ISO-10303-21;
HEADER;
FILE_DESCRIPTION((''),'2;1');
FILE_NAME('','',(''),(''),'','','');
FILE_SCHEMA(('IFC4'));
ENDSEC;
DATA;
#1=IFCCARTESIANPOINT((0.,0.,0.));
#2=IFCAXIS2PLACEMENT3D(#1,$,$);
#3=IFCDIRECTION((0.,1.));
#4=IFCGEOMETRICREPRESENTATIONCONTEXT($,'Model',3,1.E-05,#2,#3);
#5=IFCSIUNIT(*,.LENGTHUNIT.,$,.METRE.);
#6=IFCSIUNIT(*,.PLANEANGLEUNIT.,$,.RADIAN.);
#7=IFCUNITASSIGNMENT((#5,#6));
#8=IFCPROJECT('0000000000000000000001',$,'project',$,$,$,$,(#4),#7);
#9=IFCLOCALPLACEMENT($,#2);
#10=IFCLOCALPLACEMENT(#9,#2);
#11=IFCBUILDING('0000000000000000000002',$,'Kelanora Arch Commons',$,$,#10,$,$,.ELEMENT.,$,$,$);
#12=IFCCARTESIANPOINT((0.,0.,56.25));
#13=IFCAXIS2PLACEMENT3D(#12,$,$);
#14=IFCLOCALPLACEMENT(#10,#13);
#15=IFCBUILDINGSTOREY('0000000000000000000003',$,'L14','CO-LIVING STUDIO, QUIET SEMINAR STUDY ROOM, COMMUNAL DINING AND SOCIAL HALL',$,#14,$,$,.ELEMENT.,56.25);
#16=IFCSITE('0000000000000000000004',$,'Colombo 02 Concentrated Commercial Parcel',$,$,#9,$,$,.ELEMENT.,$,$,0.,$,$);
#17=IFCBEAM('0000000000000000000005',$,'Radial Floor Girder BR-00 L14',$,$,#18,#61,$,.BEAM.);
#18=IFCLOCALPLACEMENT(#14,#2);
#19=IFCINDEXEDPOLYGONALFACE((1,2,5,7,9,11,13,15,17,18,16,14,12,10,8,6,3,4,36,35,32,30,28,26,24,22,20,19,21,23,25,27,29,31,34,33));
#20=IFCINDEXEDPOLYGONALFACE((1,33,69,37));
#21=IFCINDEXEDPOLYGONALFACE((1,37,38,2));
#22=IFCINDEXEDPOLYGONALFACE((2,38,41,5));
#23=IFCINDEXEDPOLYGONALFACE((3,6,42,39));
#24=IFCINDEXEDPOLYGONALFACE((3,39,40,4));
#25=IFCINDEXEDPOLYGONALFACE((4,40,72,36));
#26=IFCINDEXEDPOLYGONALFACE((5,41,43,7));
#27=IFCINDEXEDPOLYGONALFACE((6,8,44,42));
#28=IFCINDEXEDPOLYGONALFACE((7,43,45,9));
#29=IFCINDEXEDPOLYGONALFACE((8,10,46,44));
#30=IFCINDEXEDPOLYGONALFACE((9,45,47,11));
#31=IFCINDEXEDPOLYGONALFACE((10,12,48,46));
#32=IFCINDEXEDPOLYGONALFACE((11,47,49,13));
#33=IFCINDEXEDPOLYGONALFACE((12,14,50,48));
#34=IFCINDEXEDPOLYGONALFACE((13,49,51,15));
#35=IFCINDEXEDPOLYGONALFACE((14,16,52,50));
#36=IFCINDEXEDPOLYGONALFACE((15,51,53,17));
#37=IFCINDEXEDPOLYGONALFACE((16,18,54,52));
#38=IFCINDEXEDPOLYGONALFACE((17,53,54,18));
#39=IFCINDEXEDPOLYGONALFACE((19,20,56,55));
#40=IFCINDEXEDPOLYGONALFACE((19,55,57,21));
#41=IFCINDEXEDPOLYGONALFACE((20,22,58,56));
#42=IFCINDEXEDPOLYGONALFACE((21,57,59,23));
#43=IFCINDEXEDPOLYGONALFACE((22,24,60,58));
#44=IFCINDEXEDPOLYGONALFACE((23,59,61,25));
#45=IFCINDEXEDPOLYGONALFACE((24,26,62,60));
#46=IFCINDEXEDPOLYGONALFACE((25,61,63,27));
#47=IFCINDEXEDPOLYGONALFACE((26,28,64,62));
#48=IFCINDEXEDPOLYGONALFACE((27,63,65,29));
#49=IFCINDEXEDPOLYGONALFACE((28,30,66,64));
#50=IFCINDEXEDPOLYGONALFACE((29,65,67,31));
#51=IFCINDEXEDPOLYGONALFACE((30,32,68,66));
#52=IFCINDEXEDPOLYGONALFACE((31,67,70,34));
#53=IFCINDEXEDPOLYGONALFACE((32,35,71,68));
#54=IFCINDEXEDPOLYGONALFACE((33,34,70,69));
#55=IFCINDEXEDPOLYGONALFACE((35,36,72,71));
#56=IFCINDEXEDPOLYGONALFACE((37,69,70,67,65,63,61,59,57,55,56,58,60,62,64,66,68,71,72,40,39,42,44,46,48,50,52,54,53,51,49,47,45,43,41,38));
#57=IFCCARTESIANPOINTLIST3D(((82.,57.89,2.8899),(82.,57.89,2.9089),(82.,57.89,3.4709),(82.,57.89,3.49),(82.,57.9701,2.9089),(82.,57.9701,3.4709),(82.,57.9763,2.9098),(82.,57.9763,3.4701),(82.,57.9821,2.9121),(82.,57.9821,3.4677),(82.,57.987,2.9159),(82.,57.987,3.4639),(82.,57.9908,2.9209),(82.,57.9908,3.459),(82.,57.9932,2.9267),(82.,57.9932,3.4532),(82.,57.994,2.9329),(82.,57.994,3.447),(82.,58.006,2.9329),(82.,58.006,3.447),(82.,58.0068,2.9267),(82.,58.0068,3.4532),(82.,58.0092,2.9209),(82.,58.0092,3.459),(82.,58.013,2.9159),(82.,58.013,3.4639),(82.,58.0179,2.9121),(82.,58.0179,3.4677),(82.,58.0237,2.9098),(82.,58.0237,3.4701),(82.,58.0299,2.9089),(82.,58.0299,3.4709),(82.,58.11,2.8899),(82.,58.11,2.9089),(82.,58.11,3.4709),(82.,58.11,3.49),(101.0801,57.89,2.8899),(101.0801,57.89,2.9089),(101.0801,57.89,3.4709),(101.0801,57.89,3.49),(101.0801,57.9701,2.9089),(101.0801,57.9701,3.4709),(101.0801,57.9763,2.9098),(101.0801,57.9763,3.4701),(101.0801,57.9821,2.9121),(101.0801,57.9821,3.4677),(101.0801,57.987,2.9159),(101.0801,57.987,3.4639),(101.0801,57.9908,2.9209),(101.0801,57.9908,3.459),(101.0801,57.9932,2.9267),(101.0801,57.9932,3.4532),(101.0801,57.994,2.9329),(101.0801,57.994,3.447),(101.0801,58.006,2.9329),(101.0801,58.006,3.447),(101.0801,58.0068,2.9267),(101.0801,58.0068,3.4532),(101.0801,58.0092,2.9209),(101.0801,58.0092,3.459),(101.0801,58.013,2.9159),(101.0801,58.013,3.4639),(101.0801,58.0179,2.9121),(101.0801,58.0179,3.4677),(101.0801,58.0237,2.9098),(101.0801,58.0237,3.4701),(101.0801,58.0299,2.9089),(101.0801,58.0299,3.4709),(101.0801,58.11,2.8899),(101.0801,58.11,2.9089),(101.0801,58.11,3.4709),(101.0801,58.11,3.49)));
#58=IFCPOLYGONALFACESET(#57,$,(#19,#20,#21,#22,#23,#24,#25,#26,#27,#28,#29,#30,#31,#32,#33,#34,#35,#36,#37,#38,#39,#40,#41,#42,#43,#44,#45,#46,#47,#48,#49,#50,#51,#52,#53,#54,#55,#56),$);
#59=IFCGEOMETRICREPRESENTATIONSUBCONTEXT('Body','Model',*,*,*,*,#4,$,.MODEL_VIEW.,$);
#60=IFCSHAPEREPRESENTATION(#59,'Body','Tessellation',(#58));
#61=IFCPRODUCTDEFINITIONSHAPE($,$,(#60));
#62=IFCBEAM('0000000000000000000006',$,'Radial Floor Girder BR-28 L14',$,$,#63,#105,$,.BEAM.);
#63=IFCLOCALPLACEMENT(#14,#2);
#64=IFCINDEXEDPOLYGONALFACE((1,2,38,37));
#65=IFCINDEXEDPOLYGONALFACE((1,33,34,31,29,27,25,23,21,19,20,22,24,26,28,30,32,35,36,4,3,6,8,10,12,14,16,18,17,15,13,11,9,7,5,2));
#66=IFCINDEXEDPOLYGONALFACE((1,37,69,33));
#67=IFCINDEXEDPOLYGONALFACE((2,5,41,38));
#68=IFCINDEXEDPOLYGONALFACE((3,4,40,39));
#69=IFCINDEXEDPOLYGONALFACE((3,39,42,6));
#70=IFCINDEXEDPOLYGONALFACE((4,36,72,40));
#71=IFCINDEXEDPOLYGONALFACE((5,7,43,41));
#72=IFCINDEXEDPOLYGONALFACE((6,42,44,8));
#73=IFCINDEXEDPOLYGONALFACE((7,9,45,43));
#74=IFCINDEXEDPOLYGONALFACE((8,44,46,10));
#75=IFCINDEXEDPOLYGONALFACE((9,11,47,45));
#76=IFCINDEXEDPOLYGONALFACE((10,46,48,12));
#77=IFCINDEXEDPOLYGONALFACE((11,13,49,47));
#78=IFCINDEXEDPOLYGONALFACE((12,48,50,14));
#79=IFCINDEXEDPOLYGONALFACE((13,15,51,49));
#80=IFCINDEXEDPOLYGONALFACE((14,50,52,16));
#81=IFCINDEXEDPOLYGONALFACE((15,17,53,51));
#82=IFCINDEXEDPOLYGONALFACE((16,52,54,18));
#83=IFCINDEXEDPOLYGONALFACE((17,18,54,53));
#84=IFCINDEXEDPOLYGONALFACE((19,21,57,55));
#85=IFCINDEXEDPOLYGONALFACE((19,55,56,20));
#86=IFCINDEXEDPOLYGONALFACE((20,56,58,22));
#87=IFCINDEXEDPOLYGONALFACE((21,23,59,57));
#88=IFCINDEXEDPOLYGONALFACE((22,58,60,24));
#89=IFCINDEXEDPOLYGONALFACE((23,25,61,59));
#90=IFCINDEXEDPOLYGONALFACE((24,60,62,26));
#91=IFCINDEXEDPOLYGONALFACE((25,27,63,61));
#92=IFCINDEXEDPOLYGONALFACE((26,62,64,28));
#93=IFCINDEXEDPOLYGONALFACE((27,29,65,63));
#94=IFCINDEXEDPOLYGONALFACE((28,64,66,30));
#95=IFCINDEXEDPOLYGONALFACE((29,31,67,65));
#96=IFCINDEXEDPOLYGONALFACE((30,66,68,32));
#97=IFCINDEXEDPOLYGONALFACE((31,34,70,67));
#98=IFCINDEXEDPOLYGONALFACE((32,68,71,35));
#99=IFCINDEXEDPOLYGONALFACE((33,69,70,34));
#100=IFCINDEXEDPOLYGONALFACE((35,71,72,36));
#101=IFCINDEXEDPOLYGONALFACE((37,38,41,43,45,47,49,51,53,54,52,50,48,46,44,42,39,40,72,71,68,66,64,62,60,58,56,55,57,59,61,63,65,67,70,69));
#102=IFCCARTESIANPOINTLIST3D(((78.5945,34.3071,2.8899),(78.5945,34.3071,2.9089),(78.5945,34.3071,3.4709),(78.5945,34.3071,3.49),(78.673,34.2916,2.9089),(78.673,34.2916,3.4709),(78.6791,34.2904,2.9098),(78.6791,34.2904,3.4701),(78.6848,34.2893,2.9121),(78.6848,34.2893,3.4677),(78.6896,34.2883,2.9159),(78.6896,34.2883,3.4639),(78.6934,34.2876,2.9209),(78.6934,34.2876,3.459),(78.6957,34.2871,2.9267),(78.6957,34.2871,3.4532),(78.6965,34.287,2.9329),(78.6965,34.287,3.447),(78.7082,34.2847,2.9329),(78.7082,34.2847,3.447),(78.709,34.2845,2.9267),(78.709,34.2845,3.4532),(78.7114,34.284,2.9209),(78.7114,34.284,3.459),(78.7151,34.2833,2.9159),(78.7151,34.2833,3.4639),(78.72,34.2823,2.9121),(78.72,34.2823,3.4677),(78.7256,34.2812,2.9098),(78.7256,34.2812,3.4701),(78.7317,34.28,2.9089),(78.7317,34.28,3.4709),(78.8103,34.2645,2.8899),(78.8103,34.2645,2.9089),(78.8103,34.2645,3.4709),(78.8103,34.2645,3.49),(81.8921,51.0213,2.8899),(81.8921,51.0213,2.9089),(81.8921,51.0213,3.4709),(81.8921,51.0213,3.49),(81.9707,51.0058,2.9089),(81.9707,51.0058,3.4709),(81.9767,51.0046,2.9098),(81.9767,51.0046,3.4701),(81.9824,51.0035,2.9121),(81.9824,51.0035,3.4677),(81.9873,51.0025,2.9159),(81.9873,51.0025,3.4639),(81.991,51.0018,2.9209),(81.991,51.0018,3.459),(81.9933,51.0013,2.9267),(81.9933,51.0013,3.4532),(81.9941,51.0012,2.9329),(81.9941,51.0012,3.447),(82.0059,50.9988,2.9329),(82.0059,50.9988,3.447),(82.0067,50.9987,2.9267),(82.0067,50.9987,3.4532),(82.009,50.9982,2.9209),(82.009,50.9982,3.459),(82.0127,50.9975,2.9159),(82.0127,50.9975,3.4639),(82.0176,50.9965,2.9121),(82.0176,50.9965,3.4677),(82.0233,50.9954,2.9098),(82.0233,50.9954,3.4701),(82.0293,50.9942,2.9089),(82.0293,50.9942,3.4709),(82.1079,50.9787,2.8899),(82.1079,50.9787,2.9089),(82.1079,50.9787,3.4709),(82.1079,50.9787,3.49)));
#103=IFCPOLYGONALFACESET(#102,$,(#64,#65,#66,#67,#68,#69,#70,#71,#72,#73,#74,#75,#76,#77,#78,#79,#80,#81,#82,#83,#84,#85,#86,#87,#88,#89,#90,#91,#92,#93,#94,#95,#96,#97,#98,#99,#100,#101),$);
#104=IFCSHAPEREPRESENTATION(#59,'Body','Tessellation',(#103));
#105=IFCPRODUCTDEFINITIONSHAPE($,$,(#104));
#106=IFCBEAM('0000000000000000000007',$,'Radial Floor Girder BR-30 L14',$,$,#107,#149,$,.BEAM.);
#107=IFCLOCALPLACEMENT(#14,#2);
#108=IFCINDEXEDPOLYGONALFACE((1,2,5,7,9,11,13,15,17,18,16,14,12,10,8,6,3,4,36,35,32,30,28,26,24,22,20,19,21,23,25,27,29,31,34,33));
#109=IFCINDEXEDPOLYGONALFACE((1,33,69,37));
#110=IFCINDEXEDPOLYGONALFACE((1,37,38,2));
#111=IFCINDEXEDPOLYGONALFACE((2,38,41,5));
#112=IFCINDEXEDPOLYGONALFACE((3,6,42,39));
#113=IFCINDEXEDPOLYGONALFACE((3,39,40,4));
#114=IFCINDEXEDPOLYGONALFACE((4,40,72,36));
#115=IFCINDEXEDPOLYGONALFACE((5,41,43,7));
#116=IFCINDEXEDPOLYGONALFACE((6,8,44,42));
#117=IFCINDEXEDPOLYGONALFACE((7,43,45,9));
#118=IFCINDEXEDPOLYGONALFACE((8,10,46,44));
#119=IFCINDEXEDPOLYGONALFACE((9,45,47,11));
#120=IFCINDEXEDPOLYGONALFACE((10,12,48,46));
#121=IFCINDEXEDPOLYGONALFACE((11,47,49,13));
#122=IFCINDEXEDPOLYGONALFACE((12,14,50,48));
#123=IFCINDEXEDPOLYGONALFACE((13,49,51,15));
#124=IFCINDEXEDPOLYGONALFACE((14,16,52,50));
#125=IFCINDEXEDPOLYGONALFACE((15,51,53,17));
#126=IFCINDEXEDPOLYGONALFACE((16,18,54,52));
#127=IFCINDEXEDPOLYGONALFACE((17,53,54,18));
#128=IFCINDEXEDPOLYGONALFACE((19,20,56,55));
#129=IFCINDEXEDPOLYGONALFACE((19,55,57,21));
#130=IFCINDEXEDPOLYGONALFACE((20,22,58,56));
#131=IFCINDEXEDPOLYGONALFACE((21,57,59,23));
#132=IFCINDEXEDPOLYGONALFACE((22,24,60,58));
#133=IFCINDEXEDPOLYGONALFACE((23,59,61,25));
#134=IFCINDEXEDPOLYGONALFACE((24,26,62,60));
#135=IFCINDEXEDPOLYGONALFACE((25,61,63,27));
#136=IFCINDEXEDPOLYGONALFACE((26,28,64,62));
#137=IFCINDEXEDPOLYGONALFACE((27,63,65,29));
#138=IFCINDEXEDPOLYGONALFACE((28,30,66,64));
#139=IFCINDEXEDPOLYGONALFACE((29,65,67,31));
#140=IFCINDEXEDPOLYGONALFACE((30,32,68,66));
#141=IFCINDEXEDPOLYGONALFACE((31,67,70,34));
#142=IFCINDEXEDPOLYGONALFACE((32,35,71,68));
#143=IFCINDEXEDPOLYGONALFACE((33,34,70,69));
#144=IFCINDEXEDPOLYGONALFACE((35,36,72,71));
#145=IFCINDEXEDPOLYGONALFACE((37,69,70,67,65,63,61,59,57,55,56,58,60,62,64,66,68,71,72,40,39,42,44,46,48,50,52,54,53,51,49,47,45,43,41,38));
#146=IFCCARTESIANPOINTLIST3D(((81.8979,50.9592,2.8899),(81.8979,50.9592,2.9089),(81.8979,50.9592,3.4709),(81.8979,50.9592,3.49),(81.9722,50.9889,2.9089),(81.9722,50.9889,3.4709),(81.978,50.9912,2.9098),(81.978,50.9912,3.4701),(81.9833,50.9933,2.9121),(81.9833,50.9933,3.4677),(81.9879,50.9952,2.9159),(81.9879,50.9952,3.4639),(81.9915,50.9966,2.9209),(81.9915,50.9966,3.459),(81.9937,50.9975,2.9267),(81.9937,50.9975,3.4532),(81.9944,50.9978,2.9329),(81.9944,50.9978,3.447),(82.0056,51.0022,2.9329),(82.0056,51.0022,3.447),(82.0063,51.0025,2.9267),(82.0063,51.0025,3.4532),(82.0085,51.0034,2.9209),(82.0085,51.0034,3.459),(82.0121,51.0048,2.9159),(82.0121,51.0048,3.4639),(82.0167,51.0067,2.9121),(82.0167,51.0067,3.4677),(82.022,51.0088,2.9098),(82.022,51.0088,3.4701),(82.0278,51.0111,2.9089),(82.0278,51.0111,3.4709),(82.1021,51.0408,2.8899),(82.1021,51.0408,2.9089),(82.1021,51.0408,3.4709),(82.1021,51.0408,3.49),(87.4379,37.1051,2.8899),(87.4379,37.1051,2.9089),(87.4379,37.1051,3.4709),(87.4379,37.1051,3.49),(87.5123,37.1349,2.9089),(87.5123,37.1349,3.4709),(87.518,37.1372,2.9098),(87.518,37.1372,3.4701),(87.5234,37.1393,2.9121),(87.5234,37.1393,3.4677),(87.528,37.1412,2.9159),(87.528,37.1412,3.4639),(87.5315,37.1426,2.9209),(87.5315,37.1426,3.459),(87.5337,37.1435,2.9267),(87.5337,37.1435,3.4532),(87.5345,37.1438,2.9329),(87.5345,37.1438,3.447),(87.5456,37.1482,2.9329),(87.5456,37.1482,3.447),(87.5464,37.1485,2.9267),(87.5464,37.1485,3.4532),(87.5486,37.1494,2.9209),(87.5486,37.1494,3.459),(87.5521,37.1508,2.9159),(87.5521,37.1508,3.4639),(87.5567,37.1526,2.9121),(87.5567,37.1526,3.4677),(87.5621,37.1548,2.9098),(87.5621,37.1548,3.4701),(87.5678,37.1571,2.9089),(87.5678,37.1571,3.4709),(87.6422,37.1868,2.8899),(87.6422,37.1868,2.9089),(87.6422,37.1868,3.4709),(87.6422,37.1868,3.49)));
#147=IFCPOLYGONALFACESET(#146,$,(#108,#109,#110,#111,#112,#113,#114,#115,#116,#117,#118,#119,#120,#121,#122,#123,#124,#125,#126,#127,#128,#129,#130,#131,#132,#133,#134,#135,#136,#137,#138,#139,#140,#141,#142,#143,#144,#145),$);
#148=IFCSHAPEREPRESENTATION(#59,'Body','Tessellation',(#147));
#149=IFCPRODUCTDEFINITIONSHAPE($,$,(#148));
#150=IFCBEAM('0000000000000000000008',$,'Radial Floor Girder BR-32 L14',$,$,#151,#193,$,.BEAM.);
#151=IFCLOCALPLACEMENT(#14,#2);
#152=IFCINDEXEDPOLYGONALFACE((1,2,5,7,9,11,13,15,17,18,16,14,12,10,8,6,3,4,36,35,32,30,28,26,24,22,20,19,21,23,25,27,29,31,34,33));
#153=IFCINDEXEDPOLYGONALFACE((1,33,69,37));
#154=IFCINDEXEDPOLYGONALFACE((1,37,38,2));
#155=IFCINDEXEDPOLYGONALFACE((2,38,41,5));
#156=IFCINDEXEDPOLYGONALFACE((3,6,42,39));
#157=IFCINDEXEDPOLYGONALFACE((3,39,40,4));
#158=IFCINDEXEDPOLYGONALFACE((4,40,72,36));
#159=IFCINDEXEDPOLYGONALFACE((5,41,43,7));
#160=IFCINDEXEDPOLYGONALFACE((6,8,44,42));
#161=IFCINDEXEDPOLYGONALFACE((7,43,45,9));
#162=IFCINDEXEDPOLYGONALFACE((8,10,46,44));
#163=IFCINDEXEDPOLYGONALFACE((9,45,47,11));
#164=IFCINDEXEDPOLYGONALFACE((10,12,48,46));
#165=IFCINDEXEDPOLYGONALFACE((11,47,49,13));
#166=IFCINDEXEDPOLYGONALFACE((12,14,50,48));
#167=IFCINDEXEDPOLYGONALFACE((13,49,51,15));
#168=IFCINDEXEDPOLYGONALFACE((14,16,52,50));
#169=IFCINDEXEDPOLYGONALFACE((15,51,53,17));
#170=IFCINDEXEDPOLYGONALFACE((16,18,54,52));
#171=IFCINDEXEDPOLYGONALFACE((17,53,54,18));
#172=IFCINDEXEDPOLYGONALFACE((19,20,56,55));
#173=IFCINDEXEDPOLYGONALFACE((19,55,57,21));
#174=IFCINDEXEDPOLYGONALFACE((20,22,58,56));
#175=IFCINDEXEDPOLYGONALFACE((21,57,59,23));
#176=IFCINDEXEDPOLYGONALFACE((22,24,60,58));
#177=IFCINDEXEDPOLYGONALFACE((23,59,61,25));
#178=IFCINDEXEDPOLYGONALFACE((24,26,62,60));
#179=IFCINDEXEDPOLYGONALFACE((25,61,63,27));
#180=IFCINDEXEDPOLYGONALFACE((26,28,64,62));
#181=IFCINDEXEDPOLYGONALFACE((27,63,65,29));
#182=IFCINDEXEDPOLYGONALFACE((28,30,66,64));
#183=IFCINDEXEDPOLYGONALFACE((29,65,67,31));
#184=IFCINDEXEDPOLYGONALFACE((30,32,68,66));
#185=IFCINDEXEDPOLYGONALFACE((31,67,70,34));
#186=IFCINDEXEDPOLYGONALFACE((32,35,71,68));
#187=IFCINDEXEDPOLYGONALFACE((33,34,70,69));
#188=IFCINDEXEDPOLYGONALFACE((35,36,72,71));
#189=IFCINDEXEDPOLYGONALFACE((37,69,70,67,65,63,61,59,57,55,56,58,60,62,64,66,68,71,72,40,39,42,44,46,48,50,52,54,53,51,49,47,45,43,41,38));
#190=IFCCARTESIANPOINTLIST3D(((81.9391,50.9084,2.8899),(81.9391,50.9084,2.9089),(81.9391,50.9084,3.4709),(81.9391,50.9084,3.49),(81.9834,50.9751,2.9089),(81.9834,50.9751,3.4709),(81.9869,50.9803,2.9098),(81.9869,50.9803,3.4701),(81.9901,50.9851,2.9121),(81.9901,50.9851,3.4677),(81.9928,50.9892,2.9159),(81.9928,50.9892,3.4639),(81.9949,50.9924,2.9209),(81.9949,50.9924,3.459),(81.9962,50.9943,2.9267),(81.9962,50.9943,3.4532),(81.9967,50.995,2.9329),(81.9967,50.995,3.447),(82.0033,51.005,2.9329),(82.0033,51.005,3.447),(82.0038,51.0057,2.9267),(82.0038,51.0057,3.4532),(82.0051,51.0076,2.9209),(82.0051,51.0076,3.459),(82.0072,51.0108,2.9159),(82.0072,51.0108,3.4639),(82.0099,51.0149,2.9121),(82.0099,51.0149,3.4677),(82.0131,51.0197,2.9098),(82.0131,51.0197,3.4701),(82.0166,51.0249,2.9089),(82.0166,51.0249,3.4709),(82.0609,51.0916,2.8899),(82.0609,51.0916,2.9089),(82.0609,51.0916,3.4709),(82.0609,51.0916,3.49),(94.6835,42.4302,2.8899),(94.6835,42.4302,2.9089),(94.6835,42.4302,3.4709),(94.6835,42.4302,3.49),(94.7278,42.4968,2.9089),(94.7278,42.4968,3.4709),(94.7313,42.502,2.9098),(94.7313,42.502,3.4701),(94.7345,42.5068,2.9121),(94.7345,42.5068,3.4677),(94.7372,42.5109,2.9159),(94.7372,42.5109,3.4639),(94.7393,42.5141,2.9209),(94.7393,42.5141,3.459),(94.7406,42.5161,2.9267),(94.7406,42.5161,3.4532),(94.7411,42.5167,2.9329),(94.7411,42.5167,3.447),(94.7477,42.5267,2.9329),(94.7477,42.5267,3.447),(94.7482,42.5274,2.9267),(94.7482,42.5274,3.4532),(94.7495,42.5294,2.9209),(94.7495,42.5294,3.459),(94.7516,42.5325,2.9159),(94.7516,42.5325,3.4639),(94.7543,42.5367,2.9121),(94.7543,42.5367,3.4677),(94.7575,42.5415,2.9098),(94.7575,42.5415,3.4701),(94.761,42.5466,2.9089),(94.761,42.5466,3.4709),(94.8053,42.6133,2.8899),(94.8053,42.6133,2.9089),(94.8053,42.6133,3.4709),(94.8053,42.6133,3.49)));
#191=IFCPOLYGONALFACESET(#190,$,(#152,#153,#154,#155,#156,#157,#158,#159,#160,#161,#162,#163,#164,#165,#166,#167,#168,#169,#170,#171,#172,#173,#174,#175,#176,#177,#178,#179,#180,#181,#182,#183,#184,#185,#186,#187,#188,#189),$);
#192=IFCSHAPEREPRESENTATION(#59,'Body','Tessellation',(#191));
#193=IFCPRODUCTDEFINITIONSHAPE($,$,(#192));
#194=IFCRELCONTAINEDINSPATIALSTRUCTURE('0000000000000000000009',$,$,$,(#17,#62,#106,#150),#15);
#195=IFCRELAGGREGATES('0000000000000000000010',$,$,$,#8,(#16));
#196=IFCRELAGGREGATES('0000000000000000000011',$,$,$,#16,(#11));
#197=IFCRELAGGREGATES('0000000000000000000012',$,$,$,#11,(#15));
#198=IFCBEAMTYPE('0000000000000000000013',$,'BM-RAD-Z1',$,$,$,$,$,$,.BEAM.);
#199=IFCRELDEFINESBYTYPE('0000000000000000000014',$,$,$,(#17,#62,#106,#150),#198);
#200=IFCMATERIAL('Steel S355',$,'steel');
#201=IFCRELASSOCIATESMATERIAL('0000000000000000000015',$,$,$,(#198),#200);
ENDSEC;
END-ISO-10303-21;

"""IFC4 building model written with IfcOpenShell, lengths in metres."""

from ifc_helpers import new_model, si_unit, direction, frame, origin, origin_2d, place, context, subcontext, project, spatial, i_section, extrude, material, material_profile, profile_set, type_object, element, save


model = new_model("IFC4")

# Units and contexts
model_context = context("Model", 3, precision=1e-05, world=origin(), true_north=direction((0.0, 1.0)))
body_context = subcontext(model_context, "Body", "Model", "MODEL_VIEW")
ifc_project = project(units=[si_unit("LENGTHUNIT", "METRE"), si_unit("PLANEANGLEUNIT", "RADIAN")], contexts=[model_context])

# Site, building, storey
site_placement = place(None, origin())
site = spatial("IfcSite", under=ifc_project, at=site_placement, Name="Colombo 02 Concentrated Commercial Parcel", CompositionType="ELEMENT", RefElevation=0.0)
building_placement = place(site_placement, origin())
building = spatial("IfcBuilding", under=site, at=building_placement, Name="Kelanora Arch Commons", CompositionType="ELEMENT")
storey_placement = place(building_placement, frame((0.0, 0.0, 56.25)))
storey = spatial("IfcBuildingStorey", under=building, at=storey_placement, Name="L14", Description="CO-LIVING STUDIO, QUIET SEMINAR STUDY ROOM, COMMUNAL DINING AND SOCIAL HALL", CompositionType="ELEMENT", Elevation=56.25)

# Beams
ifc_material_1 = material(Name="Steel S355", Category="steel")
ifc_material_profile_1 = material_profile(ifc_material_1, i_section(OverallWidth=0.22, OverallDepth=0.6001, WebThickness=0.012, FlangeThickness=0.019, FilletRadius=0.0239, at=origin_2d()), Name="IPE600")
ifc_profile_set_1 = profile_set([ifc_material_profile_1], Name="Steel S355")
beam_type_1 = type_object("IfcBeamType", Name="BM-RAD-Z1", PredefinedType="BEAM", material=ifc_profile_set_1)
beam_1_placement = place(storey_placement, frame((82.0, 58.0, 3.1899), z_axis=(1.0, 0.0, 0.0), x_axis=(0.0, 1.0, 0.0)))
element("IfcBeam", 1, at=beam_1_placement, inside=storey, type_object=beam_type_1, Name="Radial Floor Girder BR-00 L14", PredefinedType="BEAM", context=body_context, shape_type="SweptSolid", body=[
    extrude(i_section(OverallWidth=0.22, OverallDepth=0.6001, WebThickness=0.012, FlangeThickness=0.019, FilletRadius=0.0239, at=origin_2d()), origin(), (0.0, 0.0, 1.0), 19.0801),
])
beam_2_placement = place(storey_placement, frame((82.0, 51.0, 3.1899), z_axis=(-0.193564, -0.981088, 0.0), x_axis=(0.981088, -0.193564, 0.0)))
element("IfcBeam", 2, at=beam_2_placement, inside=storey, type_object=beam_type_1, Name="Radial Floor Girder BR-28 L14", PredefinedType="BEAM", context=body_context, shape_type="SweptSolid", body=[
    extrude(i_section(OverallWidth=0.22, OverallDepth=0.6001, WebThickness=0.012, FlangeThickness=0.019, FilletRadius=0.0239, at=origin_2d()), origin(), (0.0, 0.0, 1.0), 17.0364),
])
beam_3_placement = place(storey_placement, frame((82.0, 51.0, 3.1899), z_axis=(0.3713, -0.928513, 0.0), x_axis=(0.928513, 0.3713, 0.0)))
element("IfcBeam", 3, at=beam_3_placement, inside=storey, type_object=beam_type_1, Name="Radial Floor Girder BR-30 L14", PredefinedType="BEAM", context=body_context, shape_type="SweptSolid", body=[
    extrude(i_section(OverallWidth=0.22, OverallDepth=0.6001, WebThickness=0.012, FlangeThickness=0.019, FilletRadius=0.0239, at=origin_2d()), origin(), (0.0, 0.0, 1.0), 14.9207),
])
beam_4_placement = place(storey_placement, frame((82.0, 51.0, 3.1899), z_axis=(0.832592, -0.553886, 0.0), x_axis=(0.553886, 0.832592, 0.0)))
element("IfcBeam", 4, at=beam_4_placement, inside=storey, type_object=beam_type_1, Name="Radial Floor Girder BR-32 L14", PredefinedType="BEAM", context=body_context, shape_type="SweptSolid", body=[
    extrude(i_section(OverallWidth=0.22, OverallDepth=0.6001, WebThickness=0.012, FlangeThickness=0.019, FilletRadius=0.0239, at=origin_2d()), origin(), (0.0, 0.0, 1.0), 15.3069),
])

save(model, "model.ifc")
